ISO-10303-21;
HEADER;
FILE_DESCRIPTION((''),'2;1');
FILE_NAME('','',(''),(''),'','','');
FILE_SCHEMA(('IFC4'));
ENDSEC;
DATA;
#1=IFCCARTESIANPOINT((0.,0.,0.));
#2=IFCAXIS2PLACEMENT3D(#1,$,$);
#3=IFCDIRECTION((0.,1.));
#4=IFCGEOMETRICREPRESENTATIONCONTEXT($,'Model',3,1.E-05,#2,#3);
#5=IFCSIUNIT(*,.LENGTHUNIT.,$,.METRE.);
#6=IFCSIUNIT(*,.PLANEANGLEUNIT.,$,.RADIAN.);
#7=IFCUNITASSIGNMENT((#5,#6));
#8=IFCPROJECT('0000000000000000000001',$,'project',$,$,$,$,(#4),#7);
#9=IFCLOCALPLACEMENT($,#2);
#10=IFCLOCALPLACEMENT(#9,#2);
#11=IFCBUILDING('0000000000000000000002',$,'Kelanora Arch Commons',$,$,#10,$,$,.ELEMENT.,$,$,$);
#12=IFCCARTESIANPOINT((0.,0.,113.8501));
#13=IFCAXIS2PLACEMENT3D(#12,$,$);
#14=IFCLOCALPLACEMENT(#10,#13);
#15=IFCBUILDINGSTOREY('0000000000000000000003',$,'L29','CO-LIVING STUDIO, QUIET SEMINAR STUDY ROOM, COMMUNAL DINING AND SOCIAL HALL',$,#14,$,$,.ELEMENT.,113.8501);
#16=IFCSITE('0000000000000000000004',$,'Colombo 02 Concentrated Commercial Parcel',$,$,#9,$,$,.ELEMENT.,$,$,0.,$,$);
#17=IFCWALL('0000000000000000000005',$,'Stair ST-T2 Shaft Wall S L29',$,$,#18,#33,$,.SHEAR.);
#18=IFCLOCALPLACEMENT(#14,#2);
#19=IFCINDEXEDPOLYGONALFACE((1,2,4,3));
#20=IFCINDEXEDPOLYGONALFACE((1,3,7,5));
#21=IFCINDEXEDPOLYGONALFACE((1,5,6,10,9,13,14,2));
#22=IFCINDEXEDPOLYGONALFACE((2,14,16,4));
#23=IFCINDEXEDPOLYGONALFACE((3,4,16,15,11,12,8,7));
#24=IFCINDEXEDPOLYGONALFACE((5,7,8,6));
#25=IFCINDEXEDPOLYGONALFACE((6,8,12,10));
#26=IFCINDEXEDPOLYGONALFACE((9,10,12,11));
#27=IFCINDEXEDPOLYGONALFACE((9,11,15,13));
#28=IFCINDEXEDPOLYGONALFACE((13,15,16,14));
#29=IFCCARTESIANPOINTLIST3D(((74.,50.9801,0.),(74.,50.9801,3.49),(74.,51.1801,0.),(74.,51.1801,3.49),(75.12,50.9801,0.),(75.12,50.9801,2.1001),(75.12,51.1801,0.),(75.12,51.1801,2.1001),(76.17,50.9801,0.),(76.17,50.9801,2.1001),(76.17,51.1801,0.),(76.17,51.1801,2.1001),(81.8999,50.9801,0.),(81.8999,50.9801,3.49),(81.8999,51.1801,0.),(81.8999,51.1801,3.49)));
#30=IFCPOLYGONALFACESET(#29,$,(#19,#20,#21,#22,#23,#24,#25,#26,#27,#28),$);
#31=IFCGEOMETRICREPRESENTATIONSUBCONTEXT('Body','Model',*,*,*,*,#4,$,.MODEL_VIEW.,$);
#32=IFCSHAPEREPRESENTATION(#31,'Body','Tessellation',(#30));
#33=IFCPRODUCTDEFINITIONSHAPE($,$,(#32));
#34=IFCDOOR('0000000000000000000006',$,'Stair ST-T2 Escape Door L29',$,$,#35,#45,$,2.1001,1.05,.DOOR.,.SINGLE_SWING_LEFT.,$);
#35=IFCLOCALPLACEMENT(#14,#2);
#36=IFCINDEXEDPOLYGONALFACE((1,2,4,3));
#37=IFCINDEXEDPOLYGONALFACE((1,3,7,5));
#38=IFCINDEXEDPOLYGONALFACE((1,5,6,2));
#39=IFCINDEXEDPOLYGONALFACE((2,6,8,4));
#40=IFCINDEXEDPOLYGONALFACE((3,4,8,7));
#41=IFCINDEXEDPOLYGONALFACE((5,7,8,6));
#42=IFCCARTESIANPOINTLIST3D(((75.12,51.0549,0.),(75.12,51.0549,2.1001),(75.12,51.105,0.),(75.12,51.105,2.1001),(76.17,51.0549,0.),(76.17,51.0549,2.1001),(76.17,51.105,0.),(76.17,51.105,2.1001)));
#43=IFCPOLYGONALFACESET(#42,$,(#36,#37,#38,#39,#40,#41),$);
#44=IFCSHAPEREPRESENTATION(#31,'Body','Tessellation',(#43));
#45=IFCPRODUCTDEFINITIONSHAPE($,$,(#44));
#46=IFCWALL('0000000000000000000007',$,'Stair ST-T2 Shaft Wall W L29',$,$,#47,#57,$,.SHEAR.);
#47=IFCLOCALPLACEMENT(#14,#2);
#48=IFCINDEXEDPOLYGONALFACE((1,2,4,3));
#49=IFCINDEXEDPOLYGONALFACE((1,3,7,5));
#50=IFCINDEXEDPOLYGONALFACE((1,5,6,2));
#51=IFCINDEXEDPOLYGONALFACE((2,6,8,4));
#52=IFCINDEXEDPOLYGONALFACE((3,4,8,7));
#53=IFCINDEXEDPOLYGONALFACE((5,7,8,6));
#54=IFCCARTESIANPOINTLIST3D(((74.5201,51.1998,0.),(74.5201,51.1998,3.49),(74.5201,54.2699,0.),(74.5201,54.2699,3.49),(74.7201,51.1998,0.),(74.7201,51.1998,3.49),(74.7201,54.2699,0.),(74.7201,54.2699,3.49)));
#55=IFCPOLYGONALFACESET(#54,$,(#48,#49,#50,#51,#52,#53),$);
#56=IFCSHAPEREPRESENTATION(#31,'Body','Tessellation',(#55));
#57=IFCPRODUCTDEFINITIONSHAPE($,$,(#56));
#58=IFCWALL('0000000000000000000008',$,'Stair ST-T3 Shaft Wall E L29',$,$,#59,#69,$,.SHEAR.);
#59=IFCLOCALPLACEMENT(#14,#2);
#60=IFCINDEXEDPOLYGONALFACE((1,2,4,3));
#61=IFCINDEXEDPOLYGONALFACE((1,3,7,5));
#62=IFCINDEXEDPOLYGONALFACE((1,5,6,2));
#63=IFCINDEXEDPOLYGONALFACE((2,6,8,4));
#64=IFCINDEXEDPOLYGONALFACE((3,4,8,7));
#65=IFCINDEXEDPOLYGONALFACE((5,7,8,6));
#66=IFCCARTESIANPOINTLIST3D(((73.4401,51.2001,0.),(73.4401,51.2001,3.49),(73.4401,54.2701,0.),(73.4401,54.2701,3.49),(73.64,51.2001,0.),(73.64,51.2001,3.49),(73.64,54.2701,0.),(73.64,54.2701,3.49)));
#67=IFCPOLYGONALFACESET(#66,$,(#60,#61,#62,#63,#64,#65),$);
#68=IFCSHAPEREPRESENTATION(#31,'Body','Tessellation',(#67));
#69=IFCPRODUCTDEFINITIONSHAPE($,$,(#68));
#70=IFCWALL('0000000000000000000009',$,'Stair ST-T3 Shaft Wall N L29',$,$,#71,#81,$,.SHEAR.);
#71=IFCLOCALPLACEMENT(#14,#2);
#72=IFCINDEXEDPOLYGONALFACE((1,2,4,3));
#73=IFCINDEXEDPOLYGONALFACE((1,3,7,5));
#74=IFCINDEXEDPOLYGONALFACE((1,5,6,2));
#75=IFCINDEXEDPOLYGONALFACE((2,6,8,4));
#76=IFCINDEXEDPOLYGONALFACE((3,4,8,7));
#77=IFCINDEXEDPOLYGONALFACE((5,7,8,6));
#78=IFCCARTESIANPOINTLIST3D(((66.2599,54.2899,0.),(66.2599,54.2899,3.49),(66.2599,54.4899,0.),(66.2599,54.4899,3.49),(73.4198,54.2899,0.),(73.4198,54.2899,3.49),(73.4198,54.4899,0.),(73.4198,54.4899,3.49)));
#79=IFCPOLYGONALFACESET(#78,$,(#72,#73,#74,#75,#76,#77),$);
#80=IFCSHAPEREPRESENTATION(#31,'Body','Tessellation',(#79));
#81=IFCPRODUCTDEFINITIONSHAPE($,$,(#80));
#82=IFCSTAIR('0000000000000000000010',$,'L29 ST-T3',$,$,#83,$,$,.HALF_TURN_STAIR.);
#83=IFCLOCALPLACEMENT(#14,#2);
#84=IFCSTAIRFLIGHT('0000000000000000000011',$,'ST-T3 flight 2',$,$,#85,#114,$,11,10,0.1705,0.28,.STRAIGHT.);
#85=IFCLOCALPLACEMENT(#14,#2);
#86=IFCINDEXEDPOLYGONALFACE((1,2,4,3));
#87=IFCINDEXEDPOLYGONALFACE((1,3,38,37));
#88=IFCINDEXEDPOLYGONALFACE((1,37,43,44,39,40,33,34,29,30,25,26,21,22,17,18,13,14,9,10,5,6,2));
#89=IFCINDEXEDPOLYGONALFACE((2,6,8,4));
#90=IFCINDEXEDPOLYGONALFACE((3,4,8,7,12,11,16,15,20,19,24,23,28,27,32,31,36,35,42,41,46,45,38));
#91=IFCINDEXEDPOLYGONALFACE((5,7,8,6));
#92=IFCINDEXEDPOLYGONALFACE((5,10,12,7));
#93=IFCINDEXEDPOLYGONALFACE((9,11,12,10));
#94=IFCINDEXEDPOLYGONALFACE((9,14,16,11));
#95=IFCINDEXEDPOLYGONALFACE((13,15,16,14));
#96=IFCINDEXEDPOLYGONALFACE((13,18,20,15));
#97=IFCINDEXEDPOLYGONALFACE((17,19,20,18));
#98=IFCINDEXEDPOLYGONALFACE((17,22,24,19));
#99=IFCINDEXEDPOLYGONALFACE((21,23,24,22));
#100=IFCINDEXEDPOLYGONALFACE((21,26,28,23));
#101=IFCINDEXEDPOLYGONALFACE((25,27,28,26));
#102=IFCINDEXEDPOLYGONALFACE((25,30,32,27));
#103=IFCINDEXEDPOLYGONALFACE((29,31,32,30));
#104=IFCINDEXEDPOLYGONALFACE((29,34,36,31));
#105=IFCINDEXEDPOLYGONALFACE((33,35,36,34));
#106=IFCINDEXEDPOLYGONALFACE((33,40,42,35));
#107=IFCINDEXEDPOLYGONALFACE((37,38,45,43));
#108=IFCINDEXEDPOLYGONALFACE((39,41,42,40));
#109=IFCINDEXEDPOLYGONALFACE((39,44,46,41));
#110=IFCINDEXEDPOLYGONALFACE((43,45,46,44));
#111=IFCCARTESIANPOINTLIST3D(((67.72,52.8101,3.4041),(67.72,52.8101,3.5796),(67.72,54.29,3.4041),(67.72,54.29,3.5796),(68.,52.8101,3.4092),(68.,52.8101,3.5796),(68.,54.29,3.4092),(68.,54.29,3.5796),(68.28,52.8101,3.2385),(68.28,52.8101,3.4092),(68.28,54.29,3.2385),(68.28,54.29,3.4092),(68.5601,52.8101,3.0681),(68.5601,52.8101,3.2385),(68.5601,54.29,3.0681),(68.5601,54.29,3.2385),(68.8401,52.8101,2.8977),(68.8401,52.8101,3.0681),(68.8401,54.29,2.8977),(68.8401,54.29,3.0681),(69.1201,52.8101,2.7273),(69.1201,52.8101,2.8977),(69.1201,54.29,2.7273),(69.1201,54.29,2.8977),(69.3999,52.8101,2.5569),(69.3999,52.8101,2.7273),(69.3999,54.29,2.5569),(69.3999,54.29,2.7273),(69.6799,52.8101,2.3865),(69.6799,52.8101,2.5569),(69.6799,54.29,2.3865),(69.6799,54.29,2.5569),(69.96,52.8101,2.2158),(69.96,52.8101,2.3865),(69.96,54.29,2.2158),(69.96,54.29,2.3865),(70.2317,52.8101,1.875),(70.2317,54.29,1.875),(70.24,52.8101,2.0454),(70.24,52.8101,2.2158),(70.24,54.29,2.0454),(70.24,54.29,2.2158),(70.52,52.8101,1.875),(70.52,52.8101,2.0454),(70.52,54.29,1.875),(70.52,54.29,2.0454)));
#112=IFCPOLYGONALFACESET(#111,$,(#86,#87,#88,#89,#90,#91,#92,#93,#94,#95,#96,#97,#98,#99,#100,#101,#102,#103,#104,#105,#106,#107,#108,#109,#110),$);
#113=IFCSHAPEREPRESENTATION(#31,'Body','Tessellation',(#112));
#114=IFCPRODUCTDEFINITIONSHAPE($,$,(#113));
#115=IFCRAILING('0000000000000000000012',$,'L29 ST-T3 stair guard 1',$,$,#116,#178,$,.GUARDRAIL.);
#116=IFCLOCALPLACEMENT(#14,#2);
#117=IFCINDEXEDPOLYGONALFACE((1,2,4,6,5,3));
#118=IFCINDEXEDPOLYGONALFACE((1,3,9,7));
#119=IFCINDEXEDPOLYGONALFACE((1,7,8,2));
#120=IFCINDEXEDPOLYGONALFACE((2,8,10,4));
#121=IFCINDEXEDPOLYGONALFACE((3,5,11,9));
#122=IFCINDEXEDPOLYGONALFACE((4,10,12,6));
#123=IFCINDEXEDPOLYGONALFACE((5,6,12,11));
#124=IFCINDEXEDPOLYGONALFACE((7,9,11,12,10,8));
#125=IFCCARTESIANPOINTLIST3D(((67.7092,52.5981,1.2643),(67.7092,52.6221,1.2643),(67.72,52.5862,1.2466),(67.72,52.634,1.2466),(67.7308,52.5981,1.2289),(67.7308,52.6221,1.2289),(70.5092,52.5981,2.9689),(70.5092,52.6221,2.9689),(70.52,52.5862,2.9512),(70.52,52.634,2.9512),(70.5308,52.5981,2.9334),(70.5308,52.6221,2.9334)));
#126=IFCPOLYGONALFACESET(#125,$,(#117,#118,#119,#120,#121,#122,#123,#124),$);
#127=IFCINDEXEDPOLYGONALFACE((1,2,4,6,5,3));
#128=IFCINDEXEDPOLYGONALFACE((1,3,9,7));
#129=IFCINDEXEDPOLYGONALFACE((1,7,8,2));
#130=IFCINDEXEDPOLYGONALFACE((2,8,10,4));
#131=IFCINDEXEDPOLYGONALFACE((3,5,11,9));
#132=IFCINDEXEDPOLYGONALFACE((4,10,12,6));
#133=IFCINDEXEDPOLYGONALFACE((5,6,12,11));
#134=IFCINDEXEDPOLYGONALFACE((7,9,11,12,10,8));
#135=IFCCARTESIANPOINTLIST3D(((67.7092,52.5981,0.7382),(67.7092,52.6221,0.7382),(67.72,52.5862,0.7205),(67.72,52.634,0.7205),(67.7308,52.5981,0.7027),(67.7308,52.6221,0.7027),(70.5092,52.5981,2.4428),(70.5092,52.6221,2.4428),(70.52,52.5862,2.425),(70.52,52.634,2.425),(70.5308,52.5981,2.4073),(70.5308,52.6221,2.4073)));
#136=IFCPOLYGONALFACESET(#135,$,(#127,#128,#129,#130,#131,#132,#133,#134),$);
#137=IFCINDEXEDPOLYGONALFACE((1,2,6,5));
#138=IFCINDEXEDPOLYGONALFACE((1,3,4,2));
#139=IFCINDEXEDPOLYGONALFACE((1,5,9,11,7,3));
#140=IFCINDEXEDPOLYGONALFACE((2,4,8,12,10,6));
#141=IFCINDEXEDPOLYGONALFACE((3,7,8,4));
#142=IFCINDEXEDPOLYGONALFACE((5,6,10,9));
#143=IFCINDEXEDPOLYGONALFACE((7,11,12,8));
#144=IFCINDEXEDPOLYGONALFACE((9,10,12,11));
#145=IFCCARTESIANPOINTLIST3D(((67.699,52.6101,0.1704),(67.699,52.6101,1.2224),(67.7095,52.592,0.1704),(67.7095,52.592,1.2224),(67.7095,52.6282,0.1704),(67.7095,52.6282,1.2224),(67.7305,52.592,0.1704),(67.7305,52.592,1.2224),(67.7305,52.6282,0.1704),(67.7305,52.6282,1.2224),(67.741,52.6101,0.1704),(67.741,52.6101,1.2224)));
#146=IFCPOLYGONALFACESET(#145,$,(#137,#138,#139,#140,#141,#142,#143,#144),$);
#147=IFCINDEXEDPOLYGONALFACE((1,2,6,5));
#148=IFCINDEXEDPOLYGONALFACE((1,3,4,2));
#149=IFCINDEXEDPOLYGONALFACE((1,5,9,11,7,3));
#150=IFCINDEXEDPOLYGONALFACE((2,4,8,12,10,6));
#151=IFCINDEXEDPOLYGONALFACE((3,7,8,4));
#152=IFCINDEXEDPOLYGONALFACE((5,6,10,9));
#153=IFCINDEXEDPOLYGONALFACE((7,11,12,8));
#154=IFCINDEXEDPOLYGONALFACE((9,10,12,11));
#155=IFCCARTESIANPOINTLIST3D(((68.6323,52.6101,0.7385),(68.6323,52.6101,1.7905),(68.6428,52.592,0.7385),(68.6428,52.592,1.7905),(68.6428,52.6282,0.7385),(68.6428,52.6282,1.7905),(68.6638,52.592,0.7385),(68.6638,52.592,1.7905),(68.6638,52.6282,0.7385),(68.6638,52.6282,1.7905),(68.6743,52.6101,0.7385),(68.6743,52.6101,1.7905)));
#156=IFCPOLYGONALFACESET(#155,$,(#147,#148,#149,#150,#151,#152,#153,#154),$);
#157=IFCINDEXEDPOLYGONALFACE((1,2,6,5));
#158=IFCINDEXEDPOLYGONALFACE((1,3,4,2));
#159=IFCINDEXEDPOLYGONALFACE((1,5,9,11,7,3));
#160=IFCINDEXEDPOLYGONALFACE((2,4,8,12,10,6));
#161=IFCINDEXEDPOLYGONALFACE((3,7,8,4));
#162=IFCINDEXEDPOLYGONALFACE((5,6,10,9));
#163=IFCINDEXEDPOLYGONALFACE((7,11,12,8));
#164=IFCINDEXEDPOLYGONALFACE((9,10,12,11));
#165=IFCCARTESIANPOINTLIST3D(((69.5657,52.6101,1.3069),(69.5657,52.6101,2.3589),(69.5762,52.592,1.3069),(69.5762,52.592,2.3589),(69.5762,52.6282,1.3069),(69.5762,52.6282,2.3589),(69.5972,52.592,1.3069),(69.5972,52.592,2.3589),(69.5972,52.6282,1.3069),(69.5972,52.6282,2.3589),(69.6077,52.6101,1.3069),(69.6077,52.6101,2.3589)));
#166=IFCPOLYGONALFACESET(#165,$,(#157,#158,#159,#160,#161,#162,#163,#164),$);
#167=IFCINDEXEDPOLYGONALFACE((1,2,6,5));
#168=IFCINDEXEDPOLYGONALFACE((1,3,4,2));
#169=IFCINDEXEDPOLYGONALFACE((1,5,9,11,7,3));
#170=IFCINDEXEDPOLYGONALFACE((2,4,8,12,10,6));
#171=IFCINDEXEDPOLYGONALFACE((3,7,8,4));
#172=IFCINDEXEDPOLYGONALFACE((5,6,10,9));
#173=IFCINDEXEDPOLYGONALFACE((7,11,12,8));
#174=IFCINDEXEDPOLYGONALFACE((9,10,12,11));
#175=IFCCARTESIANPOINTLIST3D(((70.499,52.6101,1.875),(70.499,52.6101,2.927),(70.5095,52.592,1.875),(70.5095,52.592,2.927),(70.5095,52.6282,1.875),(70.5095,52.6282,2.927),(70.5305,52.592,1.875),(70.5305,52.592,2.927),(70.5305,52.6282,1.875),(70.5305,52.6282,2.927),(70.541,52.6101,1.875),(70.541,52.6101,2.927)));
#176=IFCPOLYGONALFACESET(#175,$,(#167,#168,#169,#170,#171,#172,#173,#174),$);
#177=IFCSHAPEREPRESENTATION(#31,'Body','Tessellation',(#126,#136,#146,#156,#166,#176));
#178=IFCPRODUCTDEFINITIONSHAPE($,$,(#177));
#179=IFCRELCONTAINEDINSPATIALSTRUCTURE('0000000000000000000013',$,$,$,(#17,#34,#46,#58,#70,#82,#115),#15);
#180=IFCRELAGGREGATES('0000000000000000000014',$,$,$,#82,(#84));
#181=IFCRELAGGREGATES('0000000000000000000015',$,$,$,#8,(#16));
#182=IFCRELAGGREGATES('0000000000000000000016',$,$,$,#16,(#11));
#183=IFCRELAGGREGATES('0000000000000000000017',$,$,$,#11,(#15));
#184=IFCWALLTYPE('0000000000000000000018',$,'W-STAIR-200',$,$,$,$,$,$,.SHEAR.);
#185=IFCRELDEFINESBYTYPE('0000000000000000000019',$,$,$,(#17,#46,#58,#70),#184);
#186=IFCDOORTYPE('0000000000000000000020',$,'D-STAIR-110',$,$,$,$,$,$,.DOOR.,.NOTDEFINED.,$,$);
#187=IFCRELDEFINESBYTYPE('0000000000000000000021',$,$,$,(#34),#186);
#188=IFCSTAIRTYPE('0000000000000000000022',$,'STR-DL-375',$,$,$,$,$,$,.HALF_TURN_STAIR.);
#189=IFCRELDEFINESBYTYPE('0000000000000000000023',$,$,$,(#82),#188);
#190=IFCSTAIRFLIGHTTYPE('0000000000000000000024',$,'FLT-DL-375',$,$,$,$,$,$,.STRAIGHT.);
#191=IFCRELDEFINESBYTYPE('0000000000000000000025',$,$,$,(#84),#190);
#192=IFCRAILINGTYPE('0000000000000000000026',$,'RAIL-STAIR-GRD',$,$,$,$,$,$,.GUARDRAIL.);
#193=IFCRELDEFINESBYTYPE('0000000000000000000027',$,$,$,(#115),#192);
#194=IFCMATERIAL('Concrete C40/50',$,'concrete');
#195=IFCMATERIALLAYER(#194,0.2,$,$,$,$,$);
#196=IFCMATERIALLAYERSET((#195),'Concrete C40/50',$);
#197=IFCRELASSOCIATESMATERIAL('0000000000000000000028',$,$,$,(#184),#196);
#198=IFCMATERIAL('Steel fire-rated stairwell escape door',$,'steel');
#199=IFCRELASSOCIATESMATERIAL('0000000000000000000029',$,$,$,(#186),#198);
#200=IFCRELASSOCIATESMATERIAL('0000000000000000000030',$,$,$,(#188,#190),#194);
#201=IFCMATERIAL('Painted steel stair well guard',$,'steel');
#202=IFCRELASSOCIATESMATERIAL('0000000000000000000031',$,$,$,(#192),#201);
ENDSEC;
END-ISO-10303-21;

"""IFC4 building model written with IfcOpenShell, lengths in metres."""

from ifc_helpers import new_model, si_unit, direction, frame, frame_2d, origin, place, context, subcontext, project, spatial, polyline, rectangle, outline, extrude, material, layer, layer_set, type_object, element, fill, aggregate, save


model = new_model("IFC4")

# Units and contexts
model_context = context("Model", 3, precision=1e-05, world=origin(), true_north=direction((0.0, 1.0)))
body_context = subcontext(model_context, "Body", "Model", "MODEL_VIEW")
ifc_project = project(units=[si_unit("LENGTHUNIT", "METRE"), si_unit("PLANEANGLEUNIT", "RADIAN")], contexts=[model_context])

# Site, building, storey
site_placement = place(None, origin())
site = spatial("IfcSite", under=ifc_project, at=site_placement, Name="Colombo 02 Concentrated Commercial Parcel", CompositionType="ELEMENT", RefElevation=0.0)
building_placement = place(site_placement, origin())
building = spatial("IfcBuilding", under=site, at=building_placement, Name="Kelanora Arch Commons", CompositionType="ELEMENT")
storey_placement = place(building_placement, frame((0.0, 0.0, 113.8501)))
storey = spatial("IfcBuildingStorey", under=building, at=storey_placement, Name="L29", Description="CO-LIVING STUDIO, QUIET SEMINAR STUDY ROOM, COMMUNAL DINING AND SOCIAL HALL", CompositionType="ELEMENT", Elevation=113.8501)

# Wall, opening, door
ifc_material_1 = material(Name="Concrete C40/50", Category="concrete")
ifc_layer_1 = layer(ifc_material_1, 0.2)
ifc_layer_set_1 = layer_set([ifc_layer_1], Name="Concrete C40/50")
wall_type_1 = type_object("IfcWallType", Name="W-STAIR-200", PredefinedType="SHEAR", material=ifc_layer_set_1)
wall_1_placement = place(storey_placement, frame((74.0, 51.0801, 0.0), z_axis=(0.0, 0.0, 1.0), x_axis=(1.0, 0.0, 0.0)))
wall_1 = element("IfcWall", 1, at=wall_1_placement, inside=storey, type_object=wall_type_1, Name="Stair ST-T2 Shaft Wall S L29", PredefinedType="SHEAR", context=body_context, shape_type="SweptSolid", body=[
    extrude(rectangle(XDim=7.8999, YDim=0.2, at=frame_2d((3.95, 0.0))), origin(), (0.0, 0.0, 1.0), 3.49),
])
opening_1_placement = place(wall_1_placement, frame((1.1201, 0.0, 0.0)))
opening_1 = element("IfcOpeningElement", 2, at=opening_1_placement, cuts=wall_1, PredefinedType="OPENING", context=body_context, shape_type="SweptSolid", body=[
    extrude(rectangle(XDim=1.05, YDim=2.1001, at=frame_2d((0.5249, 1.05))), frame((0.0, 0.1099, 0.0), z_axis=(0.0, -1.0, 0.0), x_axis=(1.0, 0.0, 0.0)), (0.0, 0.0, 1.0), 0.22),
])
ifc_material_2 = material(Name="Steel fire-rated stairwell escape door", Category="steel")
door_type_1 = type_object("IfcDoorType", Name="D-STAIR-110", OperationType="NOTDEFINED", PredefinedType="DOOR", material=ifc_material_2)
door_1_placement = place(opening_1_placement, origin())
door_1 = element("IfcDoor", 3, at=door_1_placement, inside=storey, type_object=door_type_1, Name="Stair ST-T2 Escape Door L29", OperationType="SINGLE_SWING_LEFT", OverallHeight=2.1001, OverallWidth=1.05, PredefinedType="DOOR", context=body_context, shape_type="SweptSolid", body=[
    extrude(rectangle(XDim=1.05, YDim=2.1001, at=frame_2d((0.5249, 1.05))), frame((0.0, 0.0249, 0.0), z_axis=(0.0, -1.0, 0.0), x_axis=(1.0, 0.0, 0.0)), (0.0, 0.0, 1.0), 0.05),
])
fill(opening_1, door_1)

# Walls
for number, where, z_axis, x_axis, name in (
    (4, (74.6201, 54.27, 0.0), (0.0, 0.0, 1.0), (0.0, -1.0, 0.0), "Stair ST-T2 Shaft Wall W L29"),
    (5, (73.54, 51.2, 0.0), (0.0, 0.0, 1.0), (0.0, 1.0, 0.0), "Stair ST-T3 Shaft Wall E L29"),
):
    element("IfcWall", number, at=place(storey_placement, frame(where, z_axis=z_axis, x_axis=x_axis)), inside=storey, type_object=wall_type_1, Name=name, PredefinedType="SHEAR", context=body_context, shape_type="SweptSolid", body=[
        extrude(rectangle(XDim=3.0701, YDim=0.2, at=frame_2d((1.5352, 0.0))), origin(), (0.0, 0.0, 1.0), 3.49),
    ])
wall_2_placement = place(storey_placement, frame((73.4199, 54.3899, 0.0), z_axis=(0.0, 0.0, 1.0), x_axis=(-1.0, 0.0, 0.0)))
element("IfcWall", 6, at=wall_2_placement, inside=storey, type_object=wall_type_1, Name="Stair ST-T3 Shaft Wall N L29", PredefinedType="SHEAR", context=body_context, shape_type="SweptSolid", body=[
    extrude(rectangle(XDim=7.1599, YDim=0.2, at=frame_2d((3.5801, 0.0))), origin(), (0.0, 0.0, 1.0), 3.49),
])

# Stair, stair flight
stair_type = type_object("IfcStairType", Name="STR-DL-375", PredefinedType="HALF_TURN_STAIR", material=ifc_material_1)
stair_placement = place(storey_placement, origin())
stair = element("IfcStair", 7, at=stair_placement, inside=storey, type_object=stair_type, Name="L29 ST-T3", PredefinedType="HALF_TURN_STAIR")
stair_flight_type = type_object("IfcStairFlightType", Name="FLT-DL-375", PredefinedType="STRAIGHT", material=ifc_material_1)
stair_flight_placement = place(storey_placement, frame((70.52, 53.55, 1.875), z_axis=(0.0, 0.0, 1.0), x_axis=(-1.0, 0.0, 0.0)))
stair_flight = element("IfcStairFlight", 8, at=stair_flight_placement, type_object=stair_flight_type, Name="ST-T3 flight 2", NumberOfRisers=11, NumberOfTreads=10, PredefinedType="STRAIGHT", RiserHeight=0.1705, TreadLength=0.28, context=body_context, shape_type="SweptSolid", body=[
    extrude(outline(polyline([(0.0, 0.0), (0.0, 0.1704), (0.28, 0.1704), (0.28, 0.3408), (0.5601, 0.3408), (0.5601, 0.5115), (0.8401, 0.5115), (0.8401, 0.6819), (1.1201, 0.6819), (1.1201, 0.8523), (1.3999, 0.8523), (1.3999, 1.0227), (1.6799, 1.0227), (1.6799, 1.1931), (1.96, 1.1931), (1.96, 1.3635), (2.24, 1.3635), (2.24, 1.5342), (2.52, 1.5342), (2.52, 1.7046), (2.8, 1.7046), (2.8, 1.875), (2.8, 1.5291), (0.2883, 0.0), (0.0, 0.0)])), frame((0.0, 0.74, 0.0), z_axis=(0.0, -1.0, 0.0), x_axis=(1.0, 0.0, 0.0)), (0.0, 0.0, 1.0), 1.48),
])
aggregate(stair, [stair_flight])

# Railing
ifc_material_3 = material(Name="Painted steel stair well guard", Category="steel")
railing_type_1 = type_object("IfcRailingType", Name="RAIL-STAIR-GRD", PredefinedType="GUARDRAIL", material=ifc_material_3)
railing_1_placement = place(storey_placement, frame((67.72, 52.6101, 0.1704)))
element("IfcRailing", 9, at=railing_1_placement, inside=storey, type_object=railing_type_1, Name="L29 ST-T3 stair guard 1", PredefinedType="GUARDRAIL", context=body_context, shape_type="SweptSolid", body=[
    extrude(outline(polyline([(0.0239, 0.0), (0.012, 0.0208), (-0.012, 0.0208), (-0.0239, 0.0), (-0.012, -0.0208), (0.012, -0.0208), (0.0239, 0.0)])), frame((0.0, 0.0, 1.0762), z_axis=(0.85417, 0.0, 0.519994), x_axis=(0.0, 1.0, 0.0)), (0.0, 0.0, 1.0), 3.2781),
    extrude(outline(polyline([(0.0239, 0.0), (0.012, 0.0208), (-0.012, 0.0208), (-0.0239, 0.0), (-0.012, -0.0208), (0.012, -0.0208), (0.0239, 0.0)])), frame((0.0, 0.0, 0.55), z_axis=(0.85417, 0.0, 0.519994), x_axis=(0.0, 1.0, 0.0)), (0.0, 0.0, 1.0), 3.2781),
    extrude(outline(polyline([(0.021, 0.0), (0.0105, 0.0181), (-0.0105, 0.0181), (-0.021, 0.0), (-0.0105, -0.0181), (0.0105, -0.0181), (0.021, 0.0)])), origin(), (0.0, 0.0, 1.0), 1.052),
    extrude(outline(polyline([(0.021, 0.0), (0.0105, 0.0181), (-0.0105, 0.0181), (-0.021, 0.0), (-0.0105, -0.0181), (0.0105, -0.0181), (0.021, 0.0)])), frame((0.9333, 0.0, 0.5681)), (0.0, 0.0, 1.0), 1.052),
    extrude(outline(polyline([(0.021, 0.0), (0.0105, 0.0181), (-0.0105, 0.0181), (-0.021, 0.0), (-0.0105, -0.0181), (0.0105, -0.0181), (0.021, 0.0)])), frame((1.8667, 0.0, 1.1365)), (0.0, 0.0, 1.0), 1.052),
    extrude(outline(polyline([(0.021, 0.0), (0.0105, 0.0181), (-0.0105, 0.0181), (-0.021, 0.0), (-0.0105, -0.0181), (0.0105, -0.0181), (0.021, 0.0)])), frame((2.8, 0.0, 1.7046)), (0.0, 0.0, 1.0), 1.052),
])

save(model, "model.ifc")
